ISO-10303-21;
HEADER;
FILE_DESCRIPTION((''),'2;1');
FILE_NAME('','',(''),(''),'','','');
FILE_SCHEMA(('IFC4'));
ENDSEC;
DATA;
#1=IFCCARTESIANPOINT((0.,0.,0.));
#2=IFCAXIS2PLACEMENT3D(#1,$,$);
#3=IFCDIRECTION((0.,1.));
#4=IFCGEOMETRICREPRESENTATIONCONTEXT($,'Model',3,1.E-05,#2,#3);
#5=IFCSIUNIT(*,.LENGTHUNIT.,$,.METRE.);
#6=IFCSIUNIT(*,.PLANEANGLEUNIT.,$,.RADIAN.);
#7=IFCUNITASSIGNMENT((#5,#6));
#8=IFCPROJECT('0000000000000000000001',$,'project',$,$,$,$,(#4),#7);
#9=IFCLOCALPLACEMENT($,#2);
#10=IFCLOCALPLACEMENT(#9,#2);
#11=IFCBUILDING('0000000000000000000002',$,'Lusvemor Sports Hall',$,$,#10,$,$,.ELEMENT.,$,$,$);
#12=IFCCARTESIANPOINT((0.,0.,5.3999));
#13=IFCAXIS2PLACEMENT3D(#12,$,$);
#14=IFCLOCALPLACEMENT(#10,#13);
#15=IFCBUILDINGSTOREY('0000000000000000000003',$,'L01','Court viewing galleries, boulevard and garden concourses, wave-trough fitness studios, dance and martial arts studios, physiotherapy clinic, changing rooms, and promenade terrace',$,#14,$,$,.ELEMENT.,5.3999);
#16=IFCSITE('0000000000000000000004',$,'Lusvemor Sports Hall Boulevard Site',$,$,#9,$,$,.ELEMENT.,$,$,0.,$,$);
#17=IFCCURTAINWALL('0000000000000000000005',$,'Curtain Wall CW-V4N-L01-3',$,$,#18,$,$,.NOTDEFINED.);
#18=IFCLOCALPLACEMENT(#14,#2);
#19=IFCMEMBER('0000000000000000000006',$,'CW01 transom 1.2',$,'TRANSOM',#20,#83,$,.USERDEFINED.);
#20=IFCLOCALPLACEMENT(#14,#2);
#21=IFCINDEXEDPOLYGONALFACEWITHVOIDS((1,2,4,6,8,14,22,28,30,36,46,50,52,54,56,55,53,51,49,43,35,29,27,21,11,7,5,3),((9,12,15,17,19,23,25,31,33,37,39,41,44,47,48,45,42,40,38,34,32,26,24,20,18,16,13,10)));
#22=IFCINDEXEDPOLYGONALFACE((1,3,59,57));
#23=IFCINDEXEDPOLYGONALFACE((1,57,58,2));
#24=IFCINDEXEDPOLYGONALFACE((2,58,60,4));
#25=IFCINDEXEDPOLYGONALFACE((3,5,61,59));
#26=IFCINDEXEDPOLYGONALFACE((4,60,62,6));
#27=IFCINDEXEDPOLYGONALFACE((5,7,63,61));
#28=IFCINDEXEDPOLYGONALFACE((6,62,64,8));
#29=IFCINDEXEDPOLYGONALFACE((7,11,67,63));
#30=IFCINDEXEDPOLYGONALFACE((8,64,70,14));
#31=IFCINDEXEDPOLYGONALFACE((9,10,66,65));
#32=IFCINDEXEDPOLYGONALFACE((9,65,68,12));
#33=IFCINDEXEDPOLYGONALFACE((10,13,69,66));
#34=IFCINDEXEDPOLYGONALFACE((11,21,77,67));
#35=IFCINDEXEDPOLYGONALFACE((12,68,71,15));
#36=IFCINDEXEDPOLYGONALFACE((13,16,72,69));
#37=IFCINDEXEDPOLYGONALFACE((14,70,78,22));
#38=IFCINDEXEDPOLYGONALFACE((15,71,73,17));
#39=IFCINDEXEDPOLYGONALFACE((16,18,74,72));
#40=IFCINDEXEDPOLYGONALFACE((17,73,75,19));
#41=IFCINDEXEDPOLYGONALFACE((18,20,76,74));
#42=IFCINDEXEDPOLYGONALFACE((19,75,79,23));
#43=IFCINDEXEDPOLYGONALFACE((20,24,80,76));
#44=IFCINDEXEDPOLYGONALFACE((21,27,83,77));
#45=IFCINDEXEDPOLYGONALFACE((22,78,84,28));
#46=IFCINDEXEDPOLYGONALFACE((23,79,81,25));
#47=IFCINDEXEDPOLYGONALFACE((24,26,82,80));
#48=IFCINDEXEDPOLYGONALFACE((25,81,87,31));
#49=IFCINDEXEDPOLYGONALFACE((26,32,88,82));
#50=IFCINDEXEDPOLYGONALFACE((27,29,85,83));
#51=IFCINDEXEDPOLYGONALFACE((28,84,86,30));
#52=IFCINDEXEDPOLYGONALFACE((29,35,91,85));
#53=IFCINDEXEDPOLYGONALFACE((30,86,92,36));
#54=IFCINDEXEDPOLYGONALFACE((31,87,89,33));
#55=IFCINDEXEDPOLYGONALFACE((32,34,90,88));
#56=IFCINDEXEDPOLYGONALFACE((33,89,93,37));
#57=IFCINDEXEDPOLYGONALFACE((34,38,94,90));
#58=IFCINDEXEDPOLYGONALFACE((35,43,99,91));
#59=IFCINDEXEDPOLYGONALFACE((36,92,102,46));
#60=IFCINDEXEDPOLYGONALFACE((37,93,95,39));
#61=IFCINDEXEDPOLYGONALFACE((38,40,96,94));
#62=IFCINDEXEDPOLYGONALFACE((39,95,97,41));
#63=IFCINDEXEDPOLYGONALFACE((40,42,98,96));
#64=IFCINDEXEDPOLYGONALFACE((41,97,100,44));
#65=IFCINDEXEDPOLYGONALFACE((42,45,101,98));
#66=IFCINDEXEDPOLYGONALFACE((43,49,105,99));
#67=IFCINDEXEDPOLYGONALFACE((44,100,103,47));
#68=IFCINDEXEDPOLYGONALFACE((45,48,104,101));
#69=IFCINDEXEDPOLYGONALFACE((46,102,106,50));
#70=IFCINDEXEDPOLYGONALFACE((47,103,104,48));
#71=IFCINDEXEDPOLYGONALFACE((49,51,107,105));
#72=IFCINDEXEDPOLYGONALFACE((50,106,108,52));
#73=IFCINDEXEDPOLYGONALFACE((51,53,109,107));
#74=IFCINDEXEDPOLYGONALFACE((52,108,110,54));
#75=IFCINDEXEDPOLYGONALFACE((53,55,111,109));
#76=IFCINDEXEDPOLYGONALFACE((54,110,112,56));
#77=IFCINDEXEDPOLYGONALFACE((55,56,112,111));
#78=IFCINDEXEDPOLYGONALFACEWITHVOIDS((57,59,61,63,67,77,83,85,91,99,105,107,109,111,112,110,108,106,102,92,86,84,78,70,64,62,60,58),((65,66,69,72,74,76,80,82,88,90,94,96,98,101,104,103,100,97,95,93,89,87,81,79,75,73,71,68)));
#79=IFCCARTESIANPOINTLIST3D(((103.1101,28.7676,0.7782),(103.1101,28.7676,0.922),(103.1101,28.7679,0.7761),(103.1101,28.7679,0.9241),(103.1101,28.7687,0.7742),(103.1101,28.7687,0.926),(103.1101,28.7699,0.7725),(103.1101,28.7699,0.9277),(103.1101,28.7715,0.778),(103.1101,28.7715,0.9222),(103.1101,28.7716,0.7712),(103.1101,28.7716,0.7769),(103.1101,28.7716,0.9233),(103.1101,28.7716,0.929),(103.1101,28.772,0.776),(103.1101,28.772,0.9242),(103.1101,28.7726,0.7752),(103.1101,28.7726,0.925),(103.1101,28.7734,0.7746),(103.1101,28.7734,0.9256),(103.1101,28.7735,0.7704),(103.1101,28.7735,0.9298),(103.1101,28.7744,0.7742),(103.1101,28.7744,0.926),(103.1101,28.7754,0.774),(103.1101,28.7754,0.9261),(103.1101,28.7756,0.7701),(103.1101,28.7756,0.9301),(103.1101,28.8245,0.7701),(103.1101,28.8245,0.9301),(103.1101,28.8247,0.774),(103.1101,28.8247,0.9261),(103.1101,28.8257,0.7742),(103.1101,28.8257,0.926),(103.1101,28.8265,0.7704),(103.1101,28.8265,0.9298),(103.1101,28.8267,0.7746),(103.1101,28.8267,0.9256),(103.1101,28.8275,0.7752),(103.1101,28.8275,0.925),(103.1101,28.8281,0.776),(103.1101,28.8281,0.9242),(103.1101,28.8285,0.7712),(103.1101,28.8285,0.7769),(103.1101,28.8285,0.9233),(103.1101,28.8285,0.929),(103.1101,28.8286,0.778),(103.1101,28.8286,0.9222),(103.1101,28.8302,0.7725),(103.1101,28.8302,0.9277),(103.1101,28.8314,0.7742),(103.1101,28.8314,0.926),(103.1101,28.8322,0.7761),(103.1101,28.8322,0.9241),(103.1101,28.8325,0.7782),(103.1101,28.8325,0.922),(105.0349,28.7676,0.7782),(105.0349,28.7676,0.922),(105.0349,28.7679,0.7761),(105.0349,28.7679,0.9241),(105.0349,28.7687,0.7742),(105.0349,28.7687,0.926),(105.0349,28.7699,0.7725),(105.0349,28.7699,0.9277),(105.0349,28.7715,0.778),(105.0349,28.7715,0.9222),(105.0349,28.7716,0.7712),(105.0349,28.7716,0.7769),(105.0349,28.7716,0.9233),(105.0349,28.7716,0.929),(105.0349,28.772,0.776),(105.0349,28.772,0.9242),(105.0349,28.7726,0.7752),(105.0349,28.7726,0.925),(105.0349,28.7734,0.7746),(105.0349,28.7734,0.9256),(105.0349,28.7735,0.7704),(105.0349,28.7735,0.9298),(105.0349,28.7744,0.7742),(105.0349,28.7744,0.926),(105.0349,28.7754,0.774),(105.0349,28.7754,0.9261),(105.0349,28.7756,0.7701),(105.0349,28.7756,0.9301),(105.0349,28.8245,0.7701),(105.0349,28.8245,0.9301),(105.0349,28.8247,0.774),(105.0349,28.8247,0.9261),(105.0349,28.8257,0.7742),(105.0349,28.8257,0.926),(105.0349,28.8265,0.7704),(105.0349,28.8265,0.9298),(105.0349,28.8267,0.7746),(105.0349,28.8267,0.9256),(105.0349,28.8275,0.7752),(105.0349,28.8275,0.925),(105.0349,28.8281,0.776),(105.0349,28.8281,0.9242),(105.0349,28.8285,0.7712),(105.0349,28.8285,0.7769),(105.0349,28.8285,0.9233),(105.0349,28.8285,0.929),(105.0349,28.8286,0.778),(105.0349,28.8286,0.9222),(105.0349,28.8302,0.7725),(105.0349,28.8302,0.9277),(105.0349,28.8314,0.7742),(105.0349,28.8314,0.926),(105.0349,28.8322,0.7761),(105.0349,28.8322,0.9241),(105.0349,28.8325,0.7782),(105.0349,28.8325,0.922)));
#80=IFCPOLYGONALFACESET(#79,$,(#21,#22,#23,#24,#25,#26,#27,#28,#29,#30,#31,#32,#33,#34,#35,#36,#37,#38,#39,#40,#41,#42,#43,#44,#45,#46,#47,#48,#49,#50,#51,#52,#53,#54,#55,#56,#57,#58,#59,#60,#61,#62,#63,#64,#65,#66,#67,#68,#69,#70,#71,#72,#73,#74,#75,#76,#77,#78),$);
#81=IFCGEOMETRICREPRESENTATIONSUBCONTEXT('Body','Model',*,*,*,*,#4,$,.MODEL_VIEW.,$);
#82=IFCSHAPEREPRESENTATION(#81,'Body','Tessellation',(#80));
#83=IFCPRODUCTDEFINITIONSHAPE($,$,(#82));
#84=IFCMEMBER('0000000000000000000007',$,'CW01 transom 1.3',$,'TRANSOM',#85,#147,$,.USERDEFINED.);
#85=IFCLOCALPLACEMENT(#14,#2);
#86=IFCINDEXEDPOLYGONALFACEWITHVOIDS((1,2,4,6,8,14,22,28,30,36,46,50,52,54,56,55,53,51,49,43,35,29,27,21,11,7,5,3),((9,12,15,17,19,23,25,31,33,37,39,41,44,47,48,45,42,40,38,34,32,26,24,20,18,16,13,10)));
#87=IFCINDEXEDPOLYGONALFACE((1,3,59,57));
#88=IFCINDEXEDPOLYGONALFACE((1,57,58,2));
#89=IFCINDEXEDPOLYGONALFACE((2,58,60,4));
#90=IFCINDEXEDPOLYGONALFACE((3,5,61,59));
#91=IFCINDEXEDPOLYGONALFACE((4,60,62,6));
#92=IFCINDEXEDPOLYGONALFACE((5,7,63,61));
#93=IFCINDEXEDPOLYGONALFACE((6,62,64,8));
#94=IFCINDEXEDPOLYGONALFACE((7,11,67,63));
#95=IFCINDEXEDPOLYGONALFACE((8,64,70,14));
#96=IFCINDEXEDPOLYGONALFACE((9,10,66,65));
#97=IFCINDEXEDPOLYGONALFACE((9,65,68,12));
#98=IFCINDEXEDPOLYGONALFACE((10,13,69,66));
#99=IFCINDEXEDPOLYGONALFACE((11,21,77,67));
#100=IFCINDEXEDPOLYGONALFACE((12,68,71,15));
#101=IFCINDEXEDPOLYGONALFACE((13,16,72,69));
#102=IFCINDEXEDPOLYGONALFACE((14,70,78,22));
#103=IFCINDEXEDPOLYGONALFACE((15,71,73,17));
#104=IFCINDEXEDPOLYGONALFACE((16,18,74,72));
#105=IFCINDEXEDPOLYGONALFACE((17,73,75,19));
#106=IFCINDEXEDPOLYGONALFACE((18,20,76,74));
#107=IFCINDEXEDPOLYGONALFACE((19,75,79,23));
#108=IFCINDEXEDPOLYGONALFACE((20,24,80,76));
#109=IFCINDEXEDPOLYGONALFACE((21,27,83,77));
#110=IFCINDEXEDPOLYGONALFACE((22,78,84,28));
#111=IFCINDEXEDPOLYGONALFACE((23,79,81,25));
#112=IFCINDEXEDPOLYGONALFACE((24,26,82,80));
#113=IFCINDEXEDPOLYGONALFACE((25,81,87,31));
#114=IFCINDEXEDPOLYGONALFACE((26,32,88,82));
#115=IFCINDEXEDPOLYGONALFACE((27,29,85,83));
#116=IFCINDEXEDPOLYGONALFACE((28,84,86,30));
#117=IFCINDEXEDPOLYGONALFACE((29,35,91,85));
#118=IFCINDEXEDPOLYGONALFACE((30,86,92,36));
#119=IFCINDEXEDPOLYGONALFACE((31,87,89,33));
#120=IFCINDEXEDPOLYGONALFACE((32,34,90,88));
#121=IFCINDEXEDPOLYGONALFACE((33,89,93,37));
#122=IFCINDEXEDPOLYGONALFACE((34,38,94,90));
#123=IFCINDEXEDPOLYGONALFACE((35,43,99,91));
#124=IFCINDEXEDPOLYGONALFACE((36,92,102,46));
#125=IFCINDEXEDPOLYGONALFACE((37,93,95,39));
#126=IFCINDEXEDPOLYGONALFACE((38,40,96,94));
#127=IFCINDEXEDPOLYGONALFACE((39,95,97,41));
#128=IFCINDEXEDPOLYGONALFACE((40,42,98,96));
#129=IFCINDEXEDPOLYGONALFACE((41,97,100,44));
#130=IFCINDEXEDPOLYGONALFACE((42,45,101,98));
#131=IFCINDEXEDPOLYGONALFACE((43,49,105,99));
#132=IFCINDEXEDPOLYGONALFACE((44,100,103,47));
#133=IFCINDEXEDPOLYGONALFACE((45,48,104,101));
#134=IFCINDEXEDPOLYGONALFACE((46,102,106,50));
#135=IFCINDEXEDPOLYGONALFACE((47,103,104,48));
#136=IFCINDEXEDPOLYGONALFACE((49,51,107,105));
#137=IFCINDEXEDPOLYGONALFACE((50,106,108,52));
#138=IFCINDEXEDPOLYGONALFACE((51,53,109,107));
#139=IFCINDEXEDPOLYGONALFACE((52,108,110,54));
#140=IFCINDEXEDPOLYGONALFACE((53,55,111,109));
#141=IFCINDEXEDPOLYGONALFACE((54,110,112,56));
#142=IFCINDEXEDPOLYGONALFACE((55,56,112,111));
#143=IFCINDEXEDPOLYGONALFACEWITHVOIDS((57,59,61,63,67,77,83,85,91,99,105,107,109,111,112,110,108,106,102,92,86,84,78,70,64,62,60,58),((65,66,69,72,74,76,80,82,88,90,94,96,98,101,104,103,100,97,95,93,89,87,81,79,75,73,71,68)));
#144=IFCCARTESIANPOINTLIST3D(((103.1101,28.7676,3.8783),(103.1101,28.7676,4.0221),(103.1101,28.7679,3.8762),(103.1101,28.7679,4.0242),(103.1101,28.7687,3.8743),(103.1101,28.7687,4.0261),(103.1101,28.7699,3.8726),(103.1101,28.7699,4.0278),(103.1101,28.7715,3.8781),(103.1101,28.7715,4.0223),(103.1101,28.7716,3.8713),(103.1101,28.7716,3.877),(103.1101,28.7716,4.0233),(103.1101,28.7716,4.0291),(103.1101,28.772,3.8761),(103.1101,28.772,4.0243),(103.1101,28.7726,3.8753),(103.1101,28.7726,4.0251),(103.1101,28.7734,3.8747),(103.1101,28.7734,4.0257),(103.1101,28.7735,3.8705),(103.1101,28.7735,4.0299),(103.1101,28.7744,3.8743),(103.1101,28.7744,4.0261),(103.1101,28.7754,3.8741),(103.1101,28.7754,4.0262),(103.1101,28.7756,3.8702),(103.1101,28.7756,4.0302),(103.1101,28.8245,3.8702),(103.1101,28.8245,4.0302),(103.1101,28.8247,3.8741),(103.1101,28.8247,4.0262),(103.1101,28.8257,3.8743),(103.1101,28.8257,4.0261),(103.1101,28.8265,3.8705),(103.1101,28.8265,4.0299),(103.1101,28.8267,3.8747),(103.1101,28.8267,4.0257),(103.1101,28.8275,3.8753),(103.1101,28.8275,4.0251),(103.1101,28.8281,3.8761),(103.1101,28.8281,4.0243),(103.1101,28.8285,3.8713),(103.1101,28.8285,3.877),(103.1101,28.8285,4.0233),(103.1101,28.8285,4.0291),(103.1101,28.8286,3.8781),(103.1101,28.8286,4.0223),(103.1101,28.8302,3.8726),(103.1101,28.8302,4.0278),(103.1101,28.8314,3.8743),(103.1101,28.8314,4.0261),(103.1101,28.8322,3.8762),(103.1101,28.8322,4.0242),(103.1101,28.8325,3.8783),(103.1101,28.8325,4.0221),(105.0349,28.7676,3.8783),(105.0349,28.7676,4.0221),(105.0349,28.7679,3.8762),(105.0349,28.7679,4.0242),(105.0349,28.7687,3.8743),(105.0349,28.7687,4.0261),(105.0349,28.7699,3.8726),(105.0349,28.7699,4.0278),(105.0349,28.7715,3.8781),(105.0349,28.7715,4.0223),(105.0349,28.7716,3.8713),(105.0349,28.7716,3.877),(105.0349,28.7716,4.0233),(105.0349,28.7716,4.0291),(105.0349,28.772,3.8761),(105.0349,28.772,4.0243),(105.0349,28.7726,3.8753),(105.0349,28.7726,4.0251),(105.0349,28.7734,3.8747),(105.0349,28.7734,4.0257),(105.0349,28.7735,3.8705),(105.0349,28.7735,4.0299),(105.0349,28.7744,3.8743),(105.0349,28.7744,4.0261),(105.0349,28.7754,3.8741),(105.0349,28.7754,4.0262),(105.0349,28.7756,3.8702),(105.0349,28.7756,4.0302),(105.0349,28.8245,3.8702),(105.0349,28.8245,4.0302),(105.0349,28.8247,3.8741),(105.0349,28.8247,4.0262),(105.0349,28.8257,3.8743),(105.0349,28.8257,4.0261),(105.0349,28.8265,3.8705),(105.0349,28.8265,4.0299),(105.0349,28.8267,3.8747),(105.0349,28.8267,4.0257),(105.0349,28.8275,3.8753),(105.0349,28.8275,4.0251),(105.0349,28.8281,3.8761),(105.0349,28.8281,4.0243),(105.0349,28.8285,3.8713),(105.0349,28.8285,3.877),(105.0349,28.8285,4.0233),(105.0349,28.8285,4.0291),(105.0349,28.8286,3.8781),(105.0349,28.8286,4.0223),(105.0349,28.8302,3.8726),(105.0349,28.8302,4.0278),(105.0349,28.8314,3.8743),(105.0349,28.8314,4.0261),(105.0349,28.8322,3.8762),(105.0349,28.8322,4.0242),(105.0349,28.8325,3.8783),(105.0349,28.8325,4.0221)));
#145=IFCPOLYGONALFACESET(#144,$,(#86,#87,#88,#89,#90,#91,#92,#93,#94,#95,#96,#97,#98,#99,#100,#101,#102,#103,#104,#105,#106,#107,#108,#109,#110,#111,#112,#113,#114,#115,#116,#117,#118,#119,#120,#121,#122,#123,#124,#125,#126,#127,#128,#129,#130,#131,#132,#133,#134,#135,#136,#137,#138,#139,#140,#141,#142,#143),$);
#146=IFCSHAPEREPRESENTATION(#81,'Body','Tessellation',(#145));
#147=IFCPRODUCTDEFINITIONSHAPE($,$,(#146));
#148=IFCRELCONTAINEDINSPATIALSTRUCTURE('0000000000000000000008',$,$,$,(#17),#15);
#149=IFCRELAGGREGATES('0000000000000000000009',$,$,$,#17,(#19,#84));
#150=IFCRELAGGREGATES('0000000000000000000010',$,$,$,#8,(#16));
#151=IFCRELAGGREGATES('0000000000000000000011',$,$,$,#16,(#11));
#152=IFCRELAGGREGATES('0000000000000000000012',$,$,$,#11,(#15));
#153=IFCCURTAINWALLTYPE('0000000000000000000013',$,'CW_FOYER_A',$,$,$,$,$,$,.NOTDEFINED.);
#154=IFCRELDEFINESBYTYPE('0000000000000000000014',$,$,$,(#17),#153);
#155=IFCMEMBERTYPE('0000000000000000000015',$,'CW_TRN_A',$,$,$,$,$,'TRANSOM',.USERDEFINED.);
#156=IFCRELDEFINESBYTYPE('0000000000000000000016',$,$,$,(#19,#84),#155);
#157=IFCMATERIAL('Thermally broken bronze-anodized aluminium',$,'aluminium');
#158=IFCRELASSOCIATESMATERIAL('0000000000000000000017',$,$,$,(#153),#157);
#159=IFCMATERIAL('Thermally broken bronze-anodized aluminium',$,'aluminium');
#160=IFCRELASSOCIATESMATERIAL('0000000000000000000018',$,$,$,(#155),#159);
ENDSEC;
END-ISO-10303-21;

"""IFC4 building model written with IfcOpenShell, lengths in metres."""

from ifc_helpers import new_model, si_unit, direction, frame, origin, origin_2d, place, context, subcontext, project, spatial, hollow_rectangle, extrude, material, material_profile, profile_set, type_object, element, aggregate, save


model = new_model("IFC4")

# Units and contexts
model_context = context("Model", 3, precision=1e-05, world=origin(), true_north=direction((0.0, 1.0)))
body_context = subcontext(model_context, "Body", "Model", "MODEL_VIEW")
ifc_project = project(units=[si_unit("LENGTHUNIT", "METRE"), si_unit("PLANEANGLEUNIT", "RADIAN")], contexts=[model_context])

# Site, building, storey
site_placement = place(None, origin())
site = spatial("IfcSite", under=ifc_project, at=site_placement, Name="Lusvemor Sports Hall Boulevard Site", CompositionType="ELEMENT", RefElevation=0.0)
building_placement = place(site_placement, origin())
building = spatial("IfcBuilding", under=site, at=building_placement, Name="Lusvemor Sports Hall", CompositionType="ELEMENT")
storey_placement = place(building_placement, frame((0.0, 0.0, 5.3999)))
storey = spatial("IfcBuildingStorey", under=building, at=storey_placement, Name="L01", Description="Court viewing galleries, boulevard and garden concourses, wave-trough fitness studios, dance and martial arts studios, physiotherapy clinic, changing rooms, and promenade terrace", CompositionType="ELEMENT", Elevation=5.3999)

# Shared definitions
ifc_material_1 = material(Name="Thermally broken bronze-anodized aluminium", Category="aluminium")
curtain_wall_type = type_object("IfcCurtainWallType", Name="CW_FOYER_A", PredefinedType="NOTDEFINED", material=ifc_material_1)

# Curtain wall
curtain_wall_1_placement = place(storey_placement, origin())
curtain_wall_1 = element("IfcCurtainWall", 1, at=curtain_wall_1_placement, inside=storey, type_object=curtain_wall_type, Name="Curtain Wall CW-V4N-L01-3", PredefinedType="NOTDEFINED")

# Members
ifc_material_2 = material(Name="Thermally broken bronze-anodized aluminium", Category="aluminium")
ifc_material_profile_1 = material_profile(ifc_material_2, hollow_rectangle(XDim=0.0649, YDim=0.1599, WallThickness=0.0039, InnerFilletRadius=0.0039, OuterFilletRadius=0.0081, at=origin_2d()), Name="CWTRN160x65x4")
ifc_profile_set_1 = profile_set([ifc_material_profile_1], Name="Thermally broken bronze-anodized aluminium")
member_type_1 = type_object("IfcMemberType", Name="CW_TRN_A", ElementType="TRANSOM", PredefinedType="USERDEFINED", material=ifc_profile_set_1)
member_1_placement = place(storey_placement, frame((103.1101, 28.8, 0.8501), z_axis=(1.0, 0.0, 0.0), x_axis=(0.0, 1.0, 0.0)))
member_1 = element("IfcMember", 2, at=member_1_placement, type_object=member_type_1, Name="CW01 transom 1.2", ObjectType="TRANSOM", PredefinedType="USERDEFINED", context=body_context, shape_type="SweptSolid", body=[
    extrude(hollow_rectangle(XDim=0.0649, YDim=0.1599, WallThickness=0.0039, InnerFilletRadius=0.0039, OuterFilletRadius=0.0081, at=origin_2d()), origin(), (0.0, 0.0, 1.0), 1.9248),
])
member_2_placement = place(storey_placement, frame((103.1101, 28.8, 3.9502), z_axis=(1.0, 0.0, 0.0), x_axis=(0.0, 1.0, 0.0)))
member_2 = element("IfcMember", 3, at=member_2_placement, type_object=member_type_1, Name="CW01 transom 1.3", ObjectType="TRANSOM", PredefinedType="USERDEFINED", context=body_context, shape_type="SweptSolid", body=[
    extrude(hollow_rectangle(XDim=0.0649, YDim=0.1599, WallThickness=0.0039, InnerFilletRadius=0.0039, OuterFilletRadius=0.0081, at=origin_2d()), origin(), (0.0, 0.0, 1.0), 1.9248),
])

aggregate(curtain_wall_1, [member_1, member_2])

save(model, "model.ifc")
